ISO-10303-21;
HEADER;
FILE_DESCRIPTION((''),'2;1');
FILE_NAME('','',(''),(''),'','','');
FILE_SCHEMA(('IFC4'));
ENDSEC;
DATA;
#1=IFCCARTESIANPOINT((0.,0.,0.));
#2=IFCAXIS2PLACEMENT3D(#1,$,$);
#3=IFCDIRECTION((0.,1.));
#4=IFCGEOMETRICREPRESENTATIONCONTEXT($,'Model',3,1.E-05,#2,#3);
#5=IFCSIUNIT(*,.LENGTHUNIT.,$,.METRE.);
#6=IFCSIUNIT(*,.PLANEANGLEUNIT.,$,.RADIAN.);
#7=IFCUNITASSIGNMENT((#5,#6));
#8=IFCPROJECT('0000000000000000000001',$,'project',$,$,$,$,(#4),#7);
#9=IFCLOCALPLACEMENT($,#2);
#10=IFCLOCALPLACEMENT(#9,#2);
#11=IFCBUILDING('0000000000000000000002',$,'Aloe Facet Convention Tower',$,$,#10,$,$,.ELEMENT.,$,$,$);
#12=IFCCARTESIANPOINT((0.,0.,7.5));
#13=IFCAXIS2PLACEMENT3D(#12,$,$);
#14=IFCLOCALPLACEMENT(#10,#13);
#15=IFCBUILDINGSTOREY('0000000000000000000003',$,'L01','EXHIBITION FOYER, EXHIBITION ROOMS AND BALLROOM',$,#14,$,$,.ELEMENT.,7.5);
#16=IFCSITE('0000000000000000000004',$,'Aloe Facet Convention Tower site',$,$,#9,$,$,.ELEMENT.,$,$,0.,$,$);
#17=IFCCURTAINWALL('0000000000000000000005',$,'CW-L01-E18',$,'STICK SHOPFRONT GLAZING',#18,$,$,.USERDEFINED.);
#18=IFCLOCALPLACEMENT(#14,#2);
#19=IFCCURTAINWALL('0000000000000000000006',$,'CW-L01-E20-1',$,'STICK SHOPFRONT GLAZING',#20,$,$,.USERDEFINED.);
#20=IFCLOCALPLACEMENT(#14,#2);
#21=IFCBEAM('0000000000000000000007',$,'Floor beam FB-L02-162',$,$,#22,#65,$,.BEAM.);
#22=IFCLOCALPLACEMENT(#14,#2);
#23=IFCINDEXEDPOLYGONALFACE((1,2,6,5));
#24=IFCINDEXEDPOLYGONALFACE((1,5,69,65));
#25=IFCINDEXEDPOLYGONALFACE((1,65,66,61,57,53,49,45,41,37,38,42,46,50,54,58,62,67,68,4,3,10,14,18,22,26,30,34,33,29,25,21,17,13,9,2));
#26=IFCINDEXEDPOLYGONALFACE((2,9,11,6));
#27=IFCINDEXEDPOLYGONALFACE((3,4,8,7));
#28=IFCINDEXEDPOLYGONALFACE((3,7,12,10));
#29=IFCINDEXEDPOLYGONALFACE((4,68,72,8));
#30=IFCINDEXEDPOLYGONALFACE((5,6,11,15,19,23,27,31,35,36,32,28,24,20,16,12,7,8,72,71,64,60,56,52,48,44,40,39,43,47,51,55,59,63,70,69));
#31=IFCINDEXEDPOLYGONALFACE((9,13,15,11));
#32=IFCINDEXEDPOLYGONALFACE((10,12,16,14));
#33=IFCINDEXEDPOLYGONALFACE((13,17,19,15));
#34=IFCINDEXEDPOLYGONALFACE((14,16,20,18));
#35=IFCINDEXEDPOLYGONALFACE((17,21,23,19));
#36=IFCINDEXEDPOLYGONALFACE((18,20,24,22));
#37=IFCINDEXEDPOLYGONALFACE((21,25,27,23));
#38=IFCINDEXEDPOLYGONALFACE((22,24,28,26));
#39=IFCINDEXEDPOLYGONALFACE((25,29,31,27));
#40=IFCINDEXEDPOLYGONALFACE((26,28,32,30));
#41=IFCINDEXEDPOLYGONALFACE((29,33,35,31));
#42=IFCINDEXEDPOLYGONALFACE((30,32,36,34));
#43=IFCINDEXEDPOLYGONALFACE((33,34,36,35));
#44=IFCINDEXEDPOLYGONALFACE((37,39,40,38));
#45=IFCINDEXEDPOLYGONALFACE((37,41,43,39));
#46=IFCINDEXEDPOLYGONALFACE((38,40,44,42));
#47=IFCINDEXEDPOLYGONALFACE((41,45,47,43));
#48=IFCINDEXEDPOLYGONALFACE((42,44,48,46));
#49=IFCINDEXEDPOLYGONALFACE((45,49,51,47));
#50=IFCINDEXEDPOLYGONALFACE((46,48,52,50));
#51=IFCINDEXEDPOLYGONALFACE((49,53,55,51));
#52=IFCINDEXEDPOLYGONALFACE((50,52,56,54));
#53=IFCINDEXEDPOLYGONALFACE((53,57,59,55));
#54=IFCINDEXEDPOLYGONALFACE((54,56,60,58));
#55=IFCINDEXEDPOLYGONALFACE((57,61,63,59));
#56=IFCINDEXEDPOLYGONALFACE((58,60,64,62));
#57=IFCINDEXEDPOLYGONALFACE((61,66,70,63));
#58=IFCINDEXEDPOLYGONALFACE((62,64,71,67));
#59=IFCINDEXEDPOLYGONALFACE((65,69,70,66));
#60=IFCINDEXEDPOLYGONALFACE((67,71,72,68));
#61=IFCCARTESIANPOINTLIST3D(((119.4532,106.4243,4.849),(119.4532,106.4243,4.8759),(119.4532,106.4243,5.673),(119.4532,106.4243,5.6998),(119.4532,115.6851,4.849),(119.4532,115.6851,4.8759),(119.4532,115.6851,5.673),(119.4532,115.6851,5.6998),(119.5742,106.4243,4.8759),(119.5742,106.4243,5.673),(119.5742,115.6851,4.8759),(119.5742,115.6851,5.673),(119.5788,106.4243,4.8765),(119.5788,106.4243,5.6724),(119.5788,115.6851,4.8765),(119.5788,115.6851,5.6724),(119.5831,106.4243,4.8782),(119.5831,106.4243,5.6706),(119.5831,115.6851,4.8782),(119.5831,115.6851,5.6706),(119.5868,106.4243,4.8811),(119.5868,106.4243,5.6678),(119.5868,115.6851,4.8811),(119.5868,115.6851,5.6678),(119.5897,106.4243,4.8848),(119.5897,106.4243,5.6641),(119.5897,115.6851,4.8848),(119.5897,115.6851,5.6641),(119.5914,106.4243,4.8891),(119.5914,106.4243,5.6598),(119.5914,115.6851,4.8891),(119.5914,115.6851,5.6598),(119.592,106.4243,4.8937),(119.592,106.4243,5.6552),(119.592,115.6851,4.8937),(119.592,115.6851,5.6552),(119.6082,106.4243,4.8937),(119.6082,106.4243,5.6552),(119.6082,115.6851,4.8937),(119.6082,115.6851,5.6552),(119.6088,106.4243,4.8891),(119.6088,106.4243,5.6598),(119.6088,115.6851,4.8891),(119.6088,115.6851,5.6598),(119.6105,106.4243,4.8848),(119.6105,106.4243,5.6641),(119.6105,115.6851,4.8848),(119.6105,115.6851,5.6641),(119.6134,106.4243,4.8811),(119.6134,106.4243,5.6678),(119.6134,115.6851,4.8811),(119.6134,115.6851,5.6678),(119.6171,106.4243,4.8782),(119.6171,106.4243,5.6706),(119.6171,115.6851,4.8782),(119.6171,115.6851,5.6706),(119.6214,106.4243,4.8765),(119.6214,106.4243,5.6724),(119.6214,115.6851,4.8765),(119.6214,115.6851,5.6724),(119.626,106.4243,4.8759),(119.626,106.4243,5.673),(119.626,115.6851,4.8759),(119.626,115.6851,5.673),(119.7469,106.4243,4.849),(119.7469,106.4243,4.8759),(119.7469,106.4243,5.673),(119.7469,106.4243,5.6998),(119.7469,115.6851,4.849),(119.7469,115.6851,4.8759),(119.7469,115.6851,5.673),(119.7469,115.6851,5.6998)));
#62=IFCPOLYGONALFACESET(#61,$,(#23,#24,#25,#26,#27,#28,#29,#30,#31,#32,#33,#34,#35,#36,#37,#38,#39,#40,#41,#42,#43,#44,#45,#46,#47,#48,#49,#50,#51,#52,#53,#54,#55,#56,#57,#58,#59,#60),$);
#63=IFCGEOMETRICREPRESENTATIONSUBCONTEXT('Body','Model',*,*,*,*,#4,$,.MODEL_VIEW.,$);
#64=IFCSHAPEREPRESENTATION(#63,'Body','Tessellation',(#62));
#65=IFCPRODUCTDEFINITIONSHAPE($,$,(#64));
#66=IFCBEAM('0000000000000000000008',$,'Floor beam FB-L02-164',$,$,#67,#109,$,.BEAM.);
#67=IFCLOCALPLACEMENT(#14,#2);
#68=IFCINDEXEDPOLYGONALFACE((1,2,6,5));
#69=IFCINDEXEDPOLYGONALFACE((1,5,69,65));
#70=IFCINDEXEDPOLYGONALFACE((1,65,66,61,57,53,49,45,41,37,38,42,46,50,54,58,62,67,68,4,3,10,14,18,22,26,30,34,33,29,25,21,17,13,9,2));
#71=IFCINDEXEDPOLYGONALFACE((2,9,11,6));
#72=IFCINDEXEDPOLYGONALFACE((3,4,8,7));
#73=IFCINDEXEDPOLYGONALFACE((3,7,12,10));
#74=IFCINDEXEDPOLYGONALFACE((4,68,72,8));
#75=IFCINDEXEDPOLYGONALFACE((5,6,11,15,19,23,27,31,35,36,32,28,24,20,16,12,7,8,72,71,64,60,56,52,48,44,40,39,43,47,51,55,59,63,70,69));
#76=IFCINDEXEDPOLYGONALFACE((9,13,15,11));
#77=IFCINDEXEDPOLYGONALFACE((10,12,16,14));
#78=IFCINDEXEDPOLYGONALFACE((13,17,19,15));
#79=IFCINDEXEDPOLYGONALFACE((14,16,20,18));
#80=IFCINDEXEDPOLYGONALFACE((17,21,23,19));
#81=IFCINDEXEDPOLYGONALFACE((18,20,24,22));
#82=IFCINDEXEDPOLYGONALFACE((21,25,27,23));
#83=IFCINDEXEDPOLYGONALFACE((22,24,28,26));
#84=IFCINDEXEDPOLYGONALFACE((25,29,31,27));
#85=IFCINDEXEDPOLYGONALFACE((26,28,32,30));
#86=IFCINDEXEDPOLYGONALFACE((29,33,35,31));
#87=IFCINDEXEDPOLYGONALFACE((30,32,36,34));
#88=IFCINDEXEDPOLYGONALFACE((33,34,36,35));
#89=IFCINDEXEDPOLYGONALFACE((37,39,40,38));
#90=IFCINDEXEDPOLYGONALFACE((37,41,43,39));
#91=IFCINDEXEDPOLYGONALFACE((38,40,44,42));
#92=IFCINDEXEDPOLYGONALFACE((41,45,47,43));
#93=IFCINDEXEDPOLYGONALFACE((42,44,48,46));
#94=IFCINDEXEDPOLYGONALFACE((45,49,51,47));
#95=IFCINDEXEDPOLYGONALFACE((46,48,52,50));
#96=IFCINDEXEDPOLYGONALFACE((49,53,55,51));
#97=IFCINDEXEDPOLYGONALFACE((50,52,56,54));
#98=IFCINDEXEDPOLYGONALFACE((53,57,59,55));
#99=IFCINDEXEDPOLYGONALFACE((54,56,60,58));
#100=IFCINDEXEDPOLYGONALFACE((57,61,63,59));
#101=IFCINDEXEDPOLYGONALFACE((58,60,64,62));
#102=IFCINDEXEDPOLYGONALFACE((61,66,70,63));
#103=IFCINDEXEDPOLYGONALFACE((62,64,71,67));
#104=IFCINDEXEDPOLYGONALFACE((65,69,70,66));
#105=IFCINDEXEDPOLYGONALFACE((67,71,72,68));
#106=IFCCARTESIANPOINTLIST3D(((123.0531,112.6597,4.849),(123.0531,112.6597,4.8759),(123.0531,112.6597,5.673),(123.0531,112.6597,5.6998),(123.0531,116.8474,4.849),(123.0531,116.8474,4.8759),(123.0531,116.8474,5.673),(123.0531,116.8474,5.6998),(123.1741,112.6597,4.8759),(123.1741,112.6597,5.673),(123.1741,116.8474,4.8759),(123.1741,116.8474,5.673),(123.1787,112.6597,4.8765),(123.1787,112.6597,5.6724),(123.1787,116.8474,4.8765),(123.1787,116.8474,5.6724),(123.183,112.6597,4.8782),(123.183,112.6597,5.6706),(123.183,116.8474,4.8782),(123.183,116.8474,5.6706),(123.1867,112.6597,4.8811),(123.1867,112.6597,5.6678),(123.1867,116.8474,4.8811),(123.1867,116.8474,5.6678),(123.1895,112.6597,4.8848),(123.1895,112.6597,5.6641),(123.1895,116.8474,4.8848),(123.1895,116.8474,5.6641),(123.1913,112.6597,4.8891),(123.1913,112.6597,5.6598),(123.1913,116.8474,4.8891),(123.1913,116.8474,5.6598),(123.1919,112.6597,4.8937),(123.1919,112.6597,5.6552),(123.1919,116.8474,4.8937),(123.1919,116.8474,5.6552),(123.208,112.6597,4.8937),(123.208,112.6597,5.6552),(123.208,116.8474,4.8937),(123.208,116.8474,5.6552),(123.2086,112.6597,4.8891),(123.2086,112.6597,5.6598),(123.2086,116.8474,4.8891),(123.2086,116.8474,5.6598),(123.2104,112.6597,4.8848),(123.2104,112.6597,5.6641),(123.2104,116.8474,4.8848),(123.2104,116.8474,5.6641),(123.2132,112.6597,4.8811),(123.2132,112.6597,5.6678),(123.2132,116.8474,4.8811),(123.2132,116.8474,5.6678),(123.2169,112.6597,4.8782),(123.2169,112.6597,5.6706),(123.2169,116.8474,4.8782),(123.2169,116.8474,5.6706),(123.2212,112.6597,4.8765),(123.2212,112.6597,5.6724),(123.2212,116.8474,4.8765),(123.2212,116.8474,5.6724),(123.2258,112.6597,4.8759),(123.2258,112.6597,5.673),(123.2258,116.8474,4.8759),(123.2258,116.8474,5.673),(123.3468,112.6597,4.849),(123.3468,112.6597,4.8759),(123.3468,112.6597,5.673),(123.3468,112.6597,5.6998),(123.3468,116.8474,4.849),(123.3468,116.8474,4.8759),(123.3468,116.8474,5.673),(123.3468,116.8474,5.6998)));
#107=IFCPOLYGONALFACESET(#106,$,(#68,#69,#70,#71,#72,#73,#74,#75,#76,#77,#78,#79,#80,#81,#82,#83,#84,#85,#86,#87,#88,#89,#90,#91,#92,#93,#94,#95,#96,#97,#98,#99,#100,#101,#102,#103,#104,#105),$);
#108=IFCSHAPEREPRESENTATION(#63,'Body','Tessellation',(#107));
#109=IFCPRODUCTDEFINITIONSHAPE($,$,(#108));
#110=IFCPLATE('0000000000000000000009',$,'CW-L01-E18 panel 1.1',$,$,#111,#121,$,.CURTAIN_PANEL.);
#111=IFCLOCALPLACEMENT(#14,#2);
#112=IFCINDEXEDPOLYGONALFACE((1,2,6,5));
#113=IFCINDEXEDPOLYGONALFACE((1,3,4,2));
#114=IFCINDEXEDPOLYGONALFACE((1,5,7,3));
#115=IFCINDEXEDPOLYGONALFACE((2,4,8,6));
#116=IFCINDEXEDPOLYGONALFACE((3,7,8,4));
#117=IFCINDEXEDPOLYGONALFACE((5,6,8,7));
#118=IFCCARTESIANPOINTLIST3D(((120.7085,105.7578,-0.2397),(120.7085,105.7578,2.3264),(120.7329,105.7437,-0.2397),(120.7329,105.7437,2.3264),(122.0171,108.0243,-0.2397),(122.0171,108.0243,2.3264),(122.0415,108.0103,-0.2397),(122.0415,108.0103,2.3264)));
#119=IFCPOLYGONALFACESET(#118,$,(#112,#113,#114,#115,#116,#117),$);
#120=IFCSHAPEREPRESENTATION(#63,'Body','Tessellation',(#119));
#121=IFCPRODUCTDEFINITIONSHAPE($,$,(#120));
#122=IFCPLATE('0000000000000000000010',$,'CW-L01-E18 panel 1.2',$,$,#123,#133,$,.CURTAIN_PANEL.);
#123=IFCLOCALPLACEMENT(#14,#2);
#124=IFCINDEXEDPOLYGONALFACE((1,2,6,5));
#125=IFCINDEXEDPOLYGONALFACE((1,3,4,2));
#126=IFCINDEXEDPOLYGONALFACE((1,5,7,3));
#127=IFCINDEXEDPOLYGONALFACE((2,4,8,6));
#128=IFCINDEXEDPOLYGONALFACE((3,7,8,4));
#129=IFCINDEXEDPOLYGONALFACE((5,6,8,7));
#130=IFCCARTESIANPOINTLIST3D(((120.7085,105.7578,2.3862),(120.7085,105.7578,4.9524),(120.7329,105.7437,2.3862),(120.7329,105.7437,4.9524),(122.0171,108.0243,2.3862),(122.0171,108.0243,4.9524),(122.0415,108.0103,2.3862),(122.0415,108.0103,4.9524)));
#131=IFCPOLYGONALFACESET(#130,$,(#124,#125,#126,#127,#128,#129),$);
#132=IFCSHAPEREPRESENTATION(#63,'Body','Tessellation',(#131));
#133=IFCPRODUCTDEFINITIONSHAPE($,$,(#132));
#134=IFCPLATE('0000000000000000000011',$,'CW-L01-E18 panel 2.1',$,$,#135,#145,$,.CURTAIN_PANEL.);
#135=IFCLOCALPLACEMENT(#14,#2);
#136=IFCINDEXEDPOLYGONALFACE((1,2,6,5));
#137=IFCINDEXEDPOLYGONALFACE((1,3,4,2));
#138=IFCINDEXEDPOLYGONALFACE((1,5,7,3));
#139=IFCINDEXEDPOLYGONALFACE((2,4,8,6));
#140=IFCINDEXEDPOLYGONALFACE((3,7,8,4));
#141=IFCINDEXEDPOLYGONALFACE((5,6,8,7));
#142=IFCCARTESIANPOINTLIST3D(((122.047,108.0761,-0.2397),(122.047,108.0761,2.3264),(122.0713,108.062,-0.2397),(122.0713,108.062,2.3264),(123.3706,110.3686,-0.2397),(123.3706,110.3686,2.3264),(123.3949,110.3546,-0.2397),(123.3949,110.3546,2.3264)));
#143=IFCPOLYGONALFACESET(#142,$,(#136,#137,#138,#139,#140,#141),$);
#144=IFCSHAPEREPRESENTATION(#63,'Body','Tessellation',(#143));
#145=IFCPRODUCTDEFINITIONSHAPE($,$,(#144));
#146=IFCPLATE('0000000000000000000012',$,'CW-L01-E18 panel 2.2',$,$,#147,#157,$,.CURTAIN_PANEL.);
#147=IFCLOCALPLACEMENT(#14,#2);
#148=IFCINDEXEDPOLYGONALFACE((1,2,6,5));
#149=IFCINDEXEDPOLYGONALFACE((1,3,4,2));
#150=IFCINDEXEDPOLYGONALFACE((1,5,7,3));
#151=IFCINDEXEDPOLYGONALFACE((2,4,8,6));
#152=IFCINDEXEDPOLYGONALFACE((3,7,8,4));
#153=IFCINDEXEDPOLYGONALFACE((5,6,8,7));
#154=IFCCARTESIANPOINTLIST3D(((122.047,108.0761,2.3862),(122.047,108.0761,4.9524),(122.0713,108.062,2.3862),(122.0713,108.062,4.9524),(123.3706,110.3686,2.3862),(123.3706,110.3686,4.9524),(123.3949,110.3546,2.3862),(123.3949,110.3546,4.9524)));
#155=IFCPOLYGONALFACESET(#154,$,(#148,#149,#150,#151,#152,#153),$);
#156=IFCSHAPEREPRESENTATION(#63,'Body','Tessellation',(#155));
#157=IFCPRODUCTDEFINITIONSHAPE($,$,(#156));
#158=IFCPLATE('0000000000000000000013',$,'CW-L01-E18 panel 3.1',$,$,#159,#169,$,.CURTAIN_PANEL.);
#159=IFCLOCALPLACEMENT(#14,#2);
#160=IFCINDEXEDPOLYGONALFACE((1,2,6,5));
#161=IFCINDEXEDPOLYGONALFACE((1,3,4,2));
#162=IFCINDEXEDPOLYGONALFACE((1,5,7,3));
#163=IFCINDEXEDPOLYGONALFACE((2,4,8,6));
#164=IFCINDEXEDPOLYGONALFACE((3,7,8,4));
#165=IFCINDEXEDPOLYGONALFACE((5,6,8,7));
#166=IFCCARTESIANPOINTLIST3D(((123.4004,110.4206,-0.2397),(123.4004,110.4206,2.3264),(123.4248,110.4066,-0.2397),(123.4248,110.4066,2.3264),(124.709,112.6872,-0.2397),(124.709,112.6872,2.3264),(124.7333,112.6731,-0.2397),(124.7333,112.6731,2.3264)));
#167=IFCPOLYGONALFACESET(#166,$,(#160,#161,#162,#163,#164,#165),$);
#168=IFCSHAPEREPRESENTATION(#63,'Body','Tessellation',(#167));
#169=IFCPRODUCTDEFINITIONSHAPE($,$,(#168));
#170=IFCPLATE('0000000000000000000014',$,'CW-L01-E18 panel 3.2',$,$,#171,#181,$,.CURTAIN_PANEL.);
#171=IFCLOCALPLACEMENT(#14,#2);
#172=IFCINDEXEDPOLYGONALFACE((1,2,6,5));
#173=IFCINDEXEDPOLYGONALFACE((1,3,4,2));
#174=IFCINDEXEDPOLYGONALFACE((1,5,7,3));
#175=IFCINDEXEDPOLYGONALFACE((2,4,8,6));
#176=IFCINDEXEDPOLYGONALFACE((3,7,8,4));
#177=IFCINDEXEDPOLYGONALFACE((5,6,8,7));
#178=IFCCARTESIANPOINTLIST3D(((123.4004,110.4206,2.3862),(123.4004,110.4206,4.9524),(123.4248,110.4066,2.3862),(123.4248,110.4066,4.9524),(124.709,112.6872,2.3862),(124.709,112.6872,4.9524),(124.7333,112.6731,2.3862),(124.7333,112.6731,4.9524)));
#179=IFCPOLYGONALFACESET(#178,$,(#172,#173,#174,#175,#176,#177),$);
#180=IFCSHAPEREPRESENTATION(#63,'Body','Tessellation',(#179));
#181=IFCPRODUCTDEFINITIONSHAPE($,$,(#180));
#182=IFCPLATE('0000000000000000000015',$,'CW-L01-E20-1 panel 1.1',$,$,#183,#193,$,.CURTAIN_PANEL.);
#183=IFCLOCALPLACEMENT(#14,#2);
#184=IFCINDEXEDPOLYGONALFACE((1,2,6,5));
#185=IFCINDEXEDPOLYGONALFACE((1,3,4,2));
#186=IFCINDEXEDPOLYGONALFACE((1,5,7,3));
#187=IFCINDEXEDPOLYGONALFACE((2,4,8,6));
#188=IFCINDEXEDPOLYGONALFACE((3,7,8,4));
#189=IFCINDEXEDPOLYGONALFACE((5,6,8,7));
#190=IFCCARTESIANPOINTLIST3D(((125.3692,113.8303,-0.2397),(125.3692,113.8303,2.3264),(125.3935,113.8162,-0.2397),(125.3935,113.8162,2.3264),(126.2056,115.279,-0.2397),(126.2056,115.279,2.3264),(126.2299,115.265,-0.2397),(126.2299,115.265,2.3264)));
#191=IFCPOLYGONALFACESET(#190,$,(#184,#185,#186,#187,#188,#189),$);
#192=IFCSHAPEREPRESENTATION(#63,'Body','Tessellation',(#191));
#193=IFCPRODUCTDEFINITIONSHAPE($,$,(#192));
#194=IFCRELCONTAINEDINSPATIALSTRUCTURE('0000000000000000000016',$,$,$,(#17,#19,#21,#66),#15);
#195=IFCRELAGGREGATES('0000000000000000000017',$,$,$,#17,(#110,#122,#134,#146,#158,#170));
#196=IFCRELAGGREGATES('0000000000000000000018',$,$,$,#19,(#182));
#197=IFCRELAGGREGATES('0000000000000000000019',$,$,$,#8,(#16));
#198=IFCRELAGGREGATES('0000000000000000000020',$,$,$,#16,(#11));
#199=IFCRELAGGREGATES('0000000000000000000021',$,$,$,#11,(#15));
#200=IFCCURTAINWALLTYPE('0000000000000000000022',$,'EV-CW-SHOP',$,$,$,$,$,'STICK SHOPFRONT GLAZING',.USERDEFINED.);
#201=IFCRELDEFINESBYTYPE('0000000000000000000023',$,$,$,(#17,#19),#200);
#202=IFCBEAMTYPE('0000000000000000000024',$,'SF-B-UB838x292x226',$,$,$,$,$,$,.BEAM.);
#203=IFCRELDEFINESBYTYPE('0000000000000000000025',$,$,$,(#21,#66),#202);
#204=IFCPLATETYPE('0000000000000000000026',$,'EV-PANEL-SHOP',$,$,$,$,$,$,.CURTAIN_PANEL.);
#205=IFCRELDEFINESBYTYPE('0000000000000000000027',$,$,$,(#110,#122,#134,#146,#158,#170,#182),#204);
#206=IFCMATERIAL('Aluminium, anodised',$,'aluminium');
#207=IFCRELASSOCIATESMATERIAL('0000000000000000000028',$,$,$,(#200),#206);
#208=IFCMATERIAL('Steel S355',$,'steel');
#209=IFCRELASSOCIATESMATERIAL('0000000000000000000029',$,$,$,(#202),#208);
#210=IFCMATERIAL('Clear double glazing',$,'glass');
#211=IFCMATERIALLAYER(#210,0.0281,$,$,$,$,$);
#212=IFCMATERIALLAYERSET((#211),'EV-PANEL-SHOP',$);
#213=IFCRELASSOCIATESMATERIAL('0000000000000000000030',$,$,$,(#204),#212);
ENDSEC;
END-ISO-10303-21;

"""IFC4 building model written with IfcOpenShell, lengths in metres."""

from ifc_helpers import new_model, si_unit, direction, frame, origin, origin_2d, place, context, subcontext, project, spatial, rectangle, i_section, extrude, material, layer, layer_set, material_profile, profile_set, type_object, element, aggregate, save


model = new_model("IFC4")

# Units and contexts
model_context = context("Model", 3, precision=1e-05, world=origin(), true_north=direction((0.0, 1.0)))
body_context = subcontext(model_context, "Body", "Model", "MODEL_VIEW")
ifc_project = project(units=[si_unit("LENGTHUNIT", "METRE"), si_unit("PLANEANGLEUNIT", "RADIAN")], contexts=[model_context])

# Site, building, storey
site_placement = place(None, origin())
site = spatial("IfcSite", under=ifc_project, at=site_placement, Name="Aloe Facet Convention Tower site", CompositionType="ELEMENT", RefElevation=0.0)
building_placement = place(site_placement, origin())
building = spatial("IfcBuilding", under=site, at=building_placement, Name="Aloe Facet Convention Tower", CompositionType="ELEMENT")
storey_placement = place(building_placement, frame((0.0, 0.0, 7.5)))
storey = spatial("IfcBuildingStorey", under=building, at=storey_placement, Name="L01", Description="EXHIBITION FOYER, EXHIBITION ROOMS AND BALLROOM", CompositionType="ELEMENT", Elevation=7.5)

# Curtain walls
ifc_material_1 = material(Name="Aluminium, anodised", Category="aluminium")
curtain_wall_type = type_object("IfcCurtainWallType", Name="EV-CW-SHOP", ElementType="STICK SHOPFRONT GLAZING", PredefinedType="USERDEFINED", material=ifc_material_1)
curtain_wall_1_placement = place(storey_placement, origin())
curtain_wall_1 = element("IfcCurtainWall", 1, at=curtain_wall_1_placement, inside=storey, type_object=curtain_wall_type, Name="CW-L01-E18", ObjectType="STICK SHOPFRONT GLAZING", PredefinedType="USERDEFINED")
curtain_wall_2_placement = place(storey_placement, origin())
curtain_wall_2 = element("IfcCurtainWall", 2, at=curtain_wall_2_placement, inside=storey, type_object=curtain_wall_type, Name="CW-L01-E20-1", ObjectType="STICK SHOPFRONT GLAZING", PredefinedType="USERDEFINED")

# Beams
ifc_material_2 = material(Name="Steel S355", Category="steel")
ifc_material_profile_1 = material_profile(ifc_material_2, i_section(OverallWidth=0.2937, OverallDepth=0.8508, WebThickness=0.0161, FlangeThickness=0.0269, FilletRadius=0.0178, at=origin_2d()), Name="UB 838x292x226")
ifc_profile_set_1 = profile_set([ifc_material_profile_1], Name="Steel S355")
beam_type_1 = type_object("IfcBeamType", Name="SF-B-UB838x292x226", PredefinedType="BEAM", material=ifc_profile_set_1)
beam_1_placement = place(storey_placement, frame((119.6001, 106.4243, 5.2744), z_axis=(0.0, 1.0, 0.0), x_axis=(-1.0, 0.0, 0.0)))
element("IfcBeam", 3, at=beam_1_placement, inside=storey, type_object=beam_type_1, Name="Floor beam FB-L02-162", PredefinedType="BEAM", context=body_context, shape_type="SweptSolid", body=[
    extrude(i_section(OverallWidth=0.2937, OverallDepth=0.8508, WebThickness=0.0161, FlangeThickness=0.0269, FilletRadius=0.0178, at=origin_2d()), origin(), (0.0, 0.0, 1.0), 9.2607),
])
beam_2_placement = place(storey_placement, frame((123.2, 112.6597, 5.2744), z_axis=(0.0, 1.0, 0.0), x_axis=(-1.0, 0.0, 0.0)))
element("IfcBeam", 4, at=beam_2_placement, inside=storey, type_object=beam_type_1, Name="Floor beam FB-L02-164", PredefinedType="BEAM", context=body_context, shape_type="SweptSolid", body=[
    extrude(i_section(OverallWidth=0.2937, OverallDepth=0.8508, WebThickness=0.0161, FlangeThickness=0.0269, FilletRadius=0.0178, at=origin_2d()), origin(), (0.0, 0.0, 1.0), 4.1877),
])

# Plates
ifc_material_3 = material(Name="Clear double glazing", Category="glass")
ifc_layer_1 = layer(ifc_material_3, 0.0281)
ifc_layer_set_1 = layer_set([ifc_layer_1], Name="EV-PANEL-SHOP")
plate_type = type_object("IfcPlateType", Name="EV-PANEL-SHOP", PredefinedType="CURTAIN_PANEL", material=ifc_layer_set_1)
plate_1_placement = place(storey_placement, frame((121.375, 106.884, -0.2397), z_axis=(0.0, 0.0, 1.0), x_axis=(0.5, 0.866025, 0.0)))
plate_1 = element("IfcPlate", 5, at=plate_1_placement, type_object=plate_type, Name="CW-L01-E18 panel 1.1", PredefinedType="CURTAIN_PANEL", context=body_context, shape_type="SweptSolid", body=[
    extrude(rectangle(XDim=2.6172, YDim=0.0281, at=origin_2d()), origin(), (0.0, 0.0, 1.0), 2.5662),
])
plate_2_placement = place(storey_placement, frame((121.375, 106.884, 2.3862), z_axis=(0.0, 0.0, 1.0), x_axis=(0.5, 0.866025, 0.0)))
plate_2 = element("IfcPlate", 6, at=plate_2_placement, type_object=plate_type, Name="CW-L01-E18 panel 1.2", PredefinedType="CURTAIN_PANEL", context=body_context, shape_type="SweptSolid", body=[
    extrude(rectangle(XDim=2.6172, YDim=0.0281, at=origin_2d()), origin(), (0.0, 0.0, 1.0), 2.5662),
])
plate_3_placement = place(storey_placement, frame((122.7209, 109.2153, -0.2397), z_axis=(0.0, 0.0, 1.0), x_axis=(0.5, 0.866025, 0.0)))
plate_3 = element("IfcPlate", 7, at=plate_3_placement, type_object=plate_type, Name="CW-L01-E18 panel 2.1", PredefinedType="CURTAIN_PANEL", context=body_context, shape_type="SweptSolid", body=[
    extrude(rectangle(XDim=2.6472, YDim=0.0281, at=origin_2d()), origin(), (0.0, 0.0, 1.0), 2.5662),
])
plate_4_placement = place(storey_placement, frame((122.7209, 109.2153, 2.3862), z_axis=(0.0, 0.0, 1.0), x_axis=(0.5, 0.866025, 0.0)))
plate_4 = element("IfcPlate", 8, at=plate_4_placement, type_object=plate_type, Name="CW-L01-E18 panel 2.2", PredefinedType="CURTAIN_PANEL", context=body_context, shape_type="SweptSolid", body=[
    extrude(rectangle(XDim=2.6472, YDim=0.0281, at=origin_2d()), origin(), (0.0, 0.0, 1.0), 2.5662),
])
plate_5_placement = place(storey_placement, frame((124.0669, 111.5469, -0.2397), z_axis=(0.0, 0.0, 1.0), x_axis=(0.5, 0.866025, 0.0)))
plate_5 = element("IfcPlate", 9, at=plate_5_placement, type_object=plate_type, Name="CW-L01-E18 panel 3.1", PredefinedType="CURTAIN_PANEL", context=body_context, shape_type="SweptSolid", body=[
    extrude(rectangle(XDim=2.6172, YDim=0.0281, at=origin_2d()), origin(), (0.0, 0.0, 1.0), 2.5662),
])
plate_6_placement = place(storey_placement, frame((124.0669, 111.5469, 2.3862), z_axis=(0.0, 0.0, 1.0), x_axis=(0.5, 0.866025, 0.0)))
plate_6 = element("IfcPlate", 10, at=plate_6_placement, type_object=plate_type, Name="CW-L01-E18 panel 3.2", PredefinedType="CURTAIN_PANEL", context=body_context, shape_type="SweptSolid", body=[
    extrude(rectangle(XDim=2.6172, YDim=0.0281, at=origin_2d()), origin(), (0.0, 0.0, 1.0), 2.5662),
])
aggregate(curtain_wall_1, [plate_1, plate_2, plate_3, plate_4, plate_5, plate_6])
plate_7_placement = place(storey_placement, frame((125.7996, 114.5476, -0.2397), z_axis=(0.0, 0.0, 1.0), x_axis=(0.5, 0.866025, 0.0)))
plate_7 = element("IfcPlate", 11, at=plate_7_placement, type_object=plate_type, Name="CW-L01-E20-1 panel 1.1", PredefinedType="CURTAIN_PANEL", context=body_context, shape_type="SweptSolid", body=[
    extrude(rectangle(XDim=1.6729, YDim=0.0281, at=origin_2d()), origin(), (0.0, 0.0, 1.0), 2.5662),
])
aggregate(curtain_wall_2, [plate_7])

save(model, "model.ifc")
